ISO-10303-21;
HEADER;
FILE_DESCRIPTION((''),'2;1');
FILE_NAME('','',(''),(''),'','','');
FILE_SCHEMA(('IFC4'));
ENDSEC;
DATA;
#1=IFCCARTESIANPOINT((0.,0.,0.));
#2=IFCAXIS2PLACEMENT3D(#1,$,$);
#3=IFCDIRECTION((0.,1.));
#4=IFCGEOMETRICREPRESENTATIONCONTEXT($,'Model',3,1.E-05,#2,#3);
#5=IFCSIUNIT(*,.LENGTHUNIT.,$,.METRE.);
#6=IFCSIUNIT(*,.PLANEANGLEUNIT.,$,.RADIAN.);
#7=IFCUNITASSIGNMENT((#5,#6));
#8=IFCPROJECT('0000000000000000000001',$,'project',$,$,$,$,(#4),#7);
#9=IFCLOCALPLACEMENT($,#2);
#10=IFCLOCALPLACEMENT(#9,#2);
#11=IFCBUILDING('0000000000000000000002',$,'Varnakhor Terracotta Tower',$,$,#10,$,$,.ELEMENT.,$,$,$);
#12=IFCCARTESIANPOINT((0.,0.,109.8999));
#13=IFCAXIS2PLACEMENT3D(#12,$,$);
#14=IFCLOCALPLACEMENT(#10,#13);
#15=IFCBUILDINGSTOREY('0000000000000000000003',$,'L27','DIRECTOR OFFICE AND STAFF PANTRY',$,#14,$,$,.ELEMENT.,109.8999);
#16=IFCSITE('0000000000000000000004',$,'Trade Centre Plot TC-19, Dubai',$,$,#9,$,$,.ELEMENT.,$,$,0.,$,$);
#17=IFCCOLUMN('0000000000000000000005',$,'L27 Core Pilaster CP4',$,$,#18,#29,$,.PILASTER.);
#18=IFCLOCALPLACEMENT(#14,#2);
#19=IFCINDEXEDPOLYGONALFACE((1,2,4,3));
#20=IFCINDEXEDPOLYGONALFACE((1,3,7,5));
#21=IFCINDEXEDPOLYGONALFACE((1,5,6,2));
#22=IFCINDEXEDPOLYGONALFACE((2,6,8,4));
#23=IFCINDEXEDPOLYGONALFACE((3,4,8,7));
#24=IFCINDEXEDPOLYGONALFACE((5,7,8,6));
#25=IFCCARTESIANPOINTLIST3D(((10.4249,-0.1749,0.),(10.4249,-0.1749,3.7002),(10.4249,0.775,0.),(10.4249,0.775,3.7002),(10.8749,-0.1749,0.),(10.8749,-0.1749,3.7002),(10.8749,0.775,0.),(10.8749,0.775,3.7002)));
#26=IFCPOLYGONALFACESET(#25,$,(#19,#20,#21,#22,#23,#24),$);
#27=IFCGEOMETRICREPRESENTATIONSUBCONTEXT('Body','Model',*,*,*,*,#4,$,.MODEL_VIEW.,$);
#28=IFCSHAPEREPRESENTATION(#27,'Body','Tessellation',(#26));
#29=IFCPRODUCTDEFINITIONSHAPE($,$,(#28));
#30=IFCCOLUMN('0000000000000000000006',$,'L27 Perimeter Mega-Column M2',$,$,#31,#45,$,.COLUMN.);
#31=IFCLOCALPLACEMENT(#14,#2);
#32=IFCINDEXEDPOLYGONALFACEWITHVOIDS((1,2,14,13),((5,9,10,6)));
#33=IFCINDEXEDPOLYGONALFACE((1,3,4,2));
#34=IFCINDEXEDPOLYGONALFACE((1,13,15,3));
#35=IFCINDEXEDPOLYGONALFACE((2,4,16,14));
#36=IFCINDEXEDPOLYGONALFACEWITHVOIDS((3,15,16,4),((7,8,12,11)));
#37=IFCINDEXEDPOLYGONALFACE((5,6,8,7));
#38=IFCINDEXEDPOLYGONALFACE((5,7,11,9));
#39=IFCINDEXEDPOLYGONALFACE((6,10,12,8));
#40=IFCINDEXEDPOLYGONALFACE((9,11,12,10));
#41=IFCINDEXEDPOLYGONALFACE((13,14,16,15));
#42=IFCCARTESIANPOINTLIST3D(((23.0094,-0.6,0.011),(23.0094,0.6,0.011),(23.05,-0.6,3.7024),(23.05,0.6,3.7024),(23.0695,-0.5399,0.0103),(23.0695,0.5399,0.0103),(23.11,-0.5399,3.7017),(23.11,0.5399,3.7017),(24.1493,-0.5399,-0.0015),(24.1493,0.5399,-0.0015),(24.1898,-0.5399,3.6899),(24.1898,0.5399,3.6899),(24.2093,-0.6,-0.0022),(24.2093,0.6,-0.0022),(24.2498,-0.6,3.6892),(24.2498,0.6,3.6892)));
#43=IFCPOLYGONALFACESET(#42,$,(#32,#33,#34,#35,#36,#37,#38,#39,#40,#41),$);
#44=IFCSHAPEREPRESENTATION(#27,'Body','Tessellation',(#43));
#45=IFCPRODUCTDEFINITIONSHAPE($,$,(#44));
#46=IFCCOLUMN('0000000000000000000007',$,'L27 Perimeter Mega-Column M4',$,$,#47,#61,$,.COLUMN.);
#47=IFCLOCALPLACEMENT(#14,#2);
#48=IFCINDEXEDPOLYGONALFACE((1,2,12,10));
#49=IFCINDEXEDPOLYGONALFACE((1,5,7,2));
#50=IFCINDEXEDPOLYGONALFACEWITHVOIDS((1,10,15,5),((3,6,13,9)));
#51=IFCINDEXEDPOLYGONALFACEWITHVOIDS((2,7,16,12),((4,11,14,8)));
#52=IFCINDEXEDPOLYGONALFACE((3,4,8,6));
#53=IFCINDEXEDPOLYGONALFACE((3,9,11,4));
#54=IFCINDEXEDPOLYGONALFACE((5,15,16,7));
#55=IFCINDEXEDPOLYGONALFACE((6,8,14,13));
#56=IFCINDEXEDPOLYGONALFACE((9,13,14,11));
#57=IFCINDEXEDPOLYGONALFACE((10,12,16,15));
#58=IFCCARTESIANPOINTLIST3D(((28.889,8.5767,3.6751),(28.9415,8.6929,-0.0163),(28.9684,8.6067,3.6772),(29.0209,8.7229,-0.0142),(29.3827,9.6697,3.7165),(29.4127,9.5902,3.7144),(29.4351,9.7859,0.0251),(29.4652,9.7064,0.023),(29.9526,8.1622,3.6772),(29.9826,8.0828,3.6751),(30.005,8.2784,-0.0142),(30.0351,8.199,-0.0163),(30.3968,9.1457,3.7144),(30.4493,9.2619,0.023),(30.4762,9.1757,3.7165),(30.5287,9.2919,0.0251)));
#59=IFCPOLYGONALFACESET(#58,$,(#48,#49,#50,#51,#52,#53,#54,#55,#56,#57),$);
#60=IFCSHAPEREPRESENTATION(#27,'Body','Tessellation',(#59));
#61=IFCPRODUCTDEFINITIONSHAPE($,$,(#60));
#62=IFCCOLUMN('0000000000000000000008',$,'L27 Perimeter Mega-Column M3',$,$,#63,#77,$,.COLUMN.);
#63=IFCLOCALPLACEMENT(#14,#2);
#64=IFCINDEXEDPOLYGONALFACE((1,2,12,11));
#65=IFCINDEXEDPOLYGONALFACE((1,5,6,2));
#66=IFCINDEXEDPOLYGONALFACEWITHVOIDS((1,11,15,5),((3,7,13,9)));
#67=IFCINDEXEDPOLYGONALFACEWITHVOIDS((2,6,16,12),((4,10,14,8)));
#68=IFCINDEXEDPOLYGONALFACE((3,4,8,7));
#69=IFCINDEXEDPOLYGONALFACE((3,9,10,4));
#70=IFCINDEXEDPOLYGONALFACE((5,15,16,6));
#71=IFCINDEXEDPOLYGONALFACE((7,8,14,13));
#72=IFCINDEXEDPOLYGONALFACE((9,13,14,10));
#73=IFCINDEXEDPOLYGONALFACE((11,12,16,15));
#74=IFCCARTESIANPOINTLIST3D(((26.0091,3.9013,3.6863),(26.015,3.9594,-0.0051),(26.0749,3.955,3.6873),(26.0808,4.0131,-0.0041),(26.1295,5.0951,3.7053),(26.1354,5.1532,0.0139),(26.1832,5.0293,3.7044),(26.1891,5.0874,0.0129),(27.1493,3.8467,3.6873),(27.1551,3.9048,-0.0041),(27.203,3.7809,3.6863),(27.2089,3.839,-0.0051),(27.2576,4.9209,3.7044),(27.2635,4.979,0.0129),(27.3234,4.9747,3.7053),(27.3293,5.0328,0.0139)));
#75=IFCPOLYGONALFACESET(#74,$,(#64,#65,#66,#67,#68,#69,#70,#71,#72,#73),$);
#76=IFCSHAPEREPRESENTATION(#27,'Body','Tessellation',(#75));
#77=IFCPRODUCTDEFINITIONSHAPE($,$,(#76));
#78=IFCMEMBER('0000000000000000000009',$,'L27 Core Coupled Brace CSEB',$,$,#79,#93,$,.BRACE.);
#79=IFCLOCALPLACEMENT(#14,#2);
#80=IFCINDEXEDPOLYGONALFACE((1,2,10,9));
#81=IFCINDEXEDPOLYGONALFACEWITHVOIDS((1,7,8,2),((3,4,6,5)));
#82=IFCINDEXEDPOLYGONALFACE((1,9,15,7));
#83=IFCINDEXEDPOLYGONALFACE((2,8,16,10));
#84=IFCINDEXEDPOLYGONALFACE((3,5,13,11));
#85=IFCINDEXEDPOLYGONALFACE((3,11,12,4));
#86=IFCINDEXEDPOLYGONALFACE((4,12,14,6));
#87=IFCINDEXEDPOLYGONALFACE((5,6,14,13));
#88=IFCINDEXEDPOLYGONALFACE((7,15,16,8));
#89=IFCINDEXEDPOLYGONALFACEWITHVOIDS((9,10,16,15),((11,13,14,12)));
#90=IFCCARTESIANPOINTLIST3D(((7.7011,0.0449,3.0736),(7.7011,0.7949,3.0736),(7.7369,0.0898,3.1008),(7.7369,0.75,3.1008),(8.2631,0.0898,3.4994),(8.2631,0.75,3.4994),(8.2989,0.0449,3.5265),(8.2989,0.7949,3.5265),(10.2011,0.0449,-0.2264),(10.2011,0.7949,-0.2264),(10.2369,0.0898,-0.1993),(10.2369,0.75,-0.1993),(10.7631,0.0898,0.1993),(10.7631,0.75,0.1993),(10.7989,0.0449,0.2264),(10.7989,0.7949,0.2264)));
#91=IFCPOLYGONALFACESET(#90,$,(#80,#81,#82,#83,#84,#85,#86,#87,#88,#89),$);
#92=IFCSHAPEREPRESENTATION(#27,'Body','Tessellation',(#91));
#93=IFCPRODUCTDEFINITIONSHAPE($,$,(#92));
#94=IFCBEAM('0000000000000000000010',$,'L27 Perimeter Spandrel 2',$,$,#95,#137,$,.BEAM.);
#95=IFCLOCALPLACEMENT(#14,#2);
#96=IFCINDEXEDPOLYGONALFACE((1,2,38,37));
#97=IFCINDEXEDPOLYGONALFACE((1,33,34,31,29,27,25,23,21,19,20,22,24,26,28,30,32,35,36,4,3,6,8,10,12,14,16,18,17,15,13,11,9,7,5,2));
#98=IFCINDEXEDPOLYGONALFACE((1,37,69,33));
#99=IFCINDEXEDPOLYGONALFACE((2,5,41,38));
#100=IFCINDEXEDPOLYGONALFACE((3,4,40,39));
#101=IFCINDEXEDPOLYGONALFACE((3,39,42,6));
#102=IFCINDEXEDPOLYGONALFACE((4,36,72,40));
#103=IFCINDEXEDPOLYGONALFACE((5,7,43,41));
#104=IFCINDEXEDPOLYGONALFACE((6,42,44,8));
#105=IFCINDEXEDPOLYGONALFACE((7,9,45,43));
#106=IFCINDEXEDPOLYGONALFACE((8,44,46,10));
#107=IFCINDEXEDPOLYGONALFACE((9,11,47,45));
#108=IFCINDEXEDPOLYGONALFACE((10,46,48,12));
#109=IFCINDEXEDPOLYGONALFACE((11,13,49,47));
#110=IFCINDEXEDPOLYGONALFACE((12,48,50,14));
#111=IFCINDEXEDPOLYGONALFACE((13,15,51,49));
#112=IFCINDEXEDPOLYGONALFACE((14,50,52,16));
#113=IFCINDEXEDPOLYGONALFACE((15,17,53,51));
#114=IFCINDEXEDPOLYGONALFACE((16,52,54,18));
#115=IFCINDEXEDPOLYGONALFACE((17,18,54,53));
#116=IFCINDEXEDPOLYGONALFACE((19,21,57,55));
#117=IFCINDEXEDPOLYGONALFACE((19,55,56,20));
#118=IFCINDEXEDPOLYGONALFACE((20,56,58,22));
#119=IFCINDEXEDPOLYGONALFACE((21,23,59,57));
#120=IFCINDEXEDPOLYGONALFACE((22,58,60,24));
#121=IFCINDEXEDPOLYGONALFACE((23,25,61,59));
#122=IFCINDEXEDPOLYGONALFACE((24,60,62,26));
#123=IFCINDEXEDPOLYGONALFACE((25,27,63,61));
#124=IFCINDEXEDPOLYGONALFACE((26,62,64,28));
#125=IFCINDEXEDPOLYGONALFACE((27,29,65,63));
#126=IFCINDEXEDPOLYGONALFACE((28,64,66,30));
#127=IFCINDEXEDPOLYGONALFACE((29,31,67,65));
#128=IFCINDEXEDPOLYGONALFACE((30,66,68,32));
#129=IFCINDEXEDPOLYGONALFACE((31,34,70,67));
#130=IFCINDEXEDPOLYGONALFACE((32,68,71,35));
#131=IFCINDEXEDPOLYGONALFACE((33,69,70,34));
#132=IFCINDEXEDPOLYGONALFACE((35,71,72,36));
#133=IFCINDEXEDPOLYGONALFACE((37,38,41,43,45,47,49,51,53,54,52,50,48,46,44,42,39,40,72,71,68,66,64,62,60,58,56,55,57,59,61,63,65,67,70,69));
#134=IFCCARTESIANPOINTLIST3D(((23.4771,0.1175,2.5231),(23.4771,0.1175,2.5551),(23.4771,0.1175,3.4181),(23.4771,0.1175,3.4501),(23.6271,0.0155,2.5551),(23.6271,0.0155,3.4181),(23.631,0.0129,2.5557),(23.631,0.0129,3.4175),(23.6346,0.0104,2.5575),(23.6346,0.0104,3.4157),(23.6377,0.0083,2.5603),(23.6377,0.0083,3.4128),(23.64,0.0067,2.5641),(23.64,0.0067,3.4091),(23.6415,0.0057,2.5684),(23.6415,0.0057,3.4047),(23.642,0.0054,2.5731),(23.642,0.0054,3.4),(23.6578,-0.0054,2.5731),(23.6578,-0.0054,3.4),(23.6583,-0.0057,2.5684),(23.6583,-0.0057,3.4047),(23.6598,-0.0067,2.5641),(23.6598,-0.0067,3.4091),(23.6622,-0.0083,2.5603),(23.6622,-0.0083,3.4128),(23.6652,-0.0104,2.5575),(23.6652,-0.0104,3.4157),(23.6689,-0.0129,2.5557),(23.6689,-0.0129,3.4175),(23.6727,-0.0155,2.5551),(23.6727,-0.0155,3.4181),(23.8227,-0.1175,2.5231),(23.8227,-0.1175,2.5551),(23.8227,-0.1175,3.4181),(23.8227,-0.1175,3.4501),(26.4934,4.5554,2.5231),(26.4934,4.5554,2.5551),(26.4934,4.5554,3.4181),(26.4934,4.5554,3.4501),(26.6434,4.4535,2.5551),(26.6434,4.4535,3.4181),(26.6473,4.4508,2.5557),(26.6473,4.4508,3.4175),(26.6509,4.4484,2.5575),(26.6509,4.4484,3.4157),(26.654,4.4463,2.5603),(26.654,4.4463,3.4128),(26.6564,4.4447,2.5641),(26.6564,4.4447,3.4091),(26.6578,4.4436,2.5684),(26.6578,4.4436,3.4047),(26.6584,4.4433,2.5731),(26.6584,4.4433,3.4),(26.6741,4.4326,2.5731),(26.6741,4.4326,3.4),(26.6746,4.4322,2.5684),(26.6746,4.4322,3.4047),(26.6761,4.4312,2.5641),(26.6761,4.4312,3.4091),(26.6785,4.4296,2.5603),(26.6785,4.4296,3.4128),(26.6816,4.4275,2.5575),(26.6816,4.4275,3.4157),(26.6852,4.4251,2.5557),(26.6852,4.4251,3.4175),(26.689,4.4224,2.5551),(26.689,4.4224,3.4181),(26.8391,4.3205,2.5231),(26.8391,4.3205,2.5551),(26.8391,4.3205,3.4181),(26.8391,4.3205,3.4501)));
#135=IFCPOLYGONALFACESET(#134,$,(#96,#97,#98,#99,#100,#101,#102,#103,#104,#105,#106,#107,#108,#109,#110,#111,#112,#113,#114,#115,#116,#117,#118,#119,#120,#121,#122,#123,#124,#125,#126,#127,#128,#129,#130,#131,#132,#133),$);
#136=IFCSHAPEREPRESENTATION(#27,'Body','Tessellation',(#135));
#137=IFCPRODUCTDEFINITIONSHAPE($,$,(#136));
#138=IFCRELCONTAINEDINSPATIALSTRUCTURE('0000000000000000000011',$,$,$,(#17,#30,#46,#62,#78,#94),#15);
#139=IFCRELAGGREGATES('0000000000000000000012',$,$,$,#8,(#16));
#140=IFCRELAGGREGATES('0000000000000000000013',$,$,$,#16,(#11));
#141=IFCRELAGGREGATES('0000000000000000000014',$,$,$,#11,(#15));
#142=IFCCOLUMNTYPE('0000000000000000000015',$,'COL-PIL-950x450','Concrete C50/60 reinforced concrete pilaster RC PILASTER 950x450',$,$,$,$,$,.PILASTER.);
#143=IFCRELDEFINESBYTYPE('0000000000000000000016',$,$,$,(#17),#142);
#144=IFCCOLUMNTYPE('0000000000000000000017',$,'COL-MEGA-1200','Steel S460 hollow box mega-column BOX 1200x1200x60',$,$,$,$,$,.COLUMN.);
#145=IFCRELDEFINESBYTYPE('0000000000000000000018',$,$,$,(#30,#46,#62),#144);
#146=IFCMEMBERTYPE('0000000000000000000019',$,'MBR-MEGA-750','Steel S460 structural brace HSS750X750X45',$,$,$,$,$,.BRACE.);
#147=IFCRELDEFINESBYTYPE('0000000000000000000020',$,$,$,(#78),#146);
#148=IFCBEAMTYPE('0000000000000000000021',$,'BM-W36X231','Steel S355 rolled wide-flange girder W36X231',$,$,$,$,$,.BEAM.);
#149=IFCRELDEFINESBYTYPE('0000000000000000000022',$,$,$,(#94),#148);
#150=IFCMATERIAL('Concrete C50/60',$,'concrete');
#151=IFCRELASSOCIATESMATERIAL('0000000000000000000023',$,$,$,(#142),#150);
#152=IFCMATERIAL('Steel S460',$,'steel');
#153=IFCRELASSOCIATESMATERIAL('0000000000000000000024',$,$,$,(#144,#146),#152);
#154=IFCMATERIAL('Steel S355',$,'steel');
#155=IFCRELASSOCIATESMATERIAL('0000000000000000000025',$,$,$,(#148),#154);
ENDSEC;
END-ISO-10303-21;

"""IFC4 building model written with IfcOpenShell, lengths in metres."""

from ifc_helpers import new_model, si_unit, direction, frame, origin, origin_2d, place, context, subcontext, project, spatial, rectangle, hollow_rectangle, i_section, extrude, source, transform, mapped, material, material_profile, profile_set, type_object, type_shapes, element, save


model = new_model("IFC4")

# Units and contexts
model_context = context("Model", 3, precision=1e-05, world=origin(), true_north=direction((0.0, 1.0)))
body_context = subcontext(model_context, "Body", "Model", "MODEL_VIEW")
ifc_project = project(units=[si_unit("LENGTHUNIT", "METRE"), si_unit("PLANEANGLEUNIT", "RADIAN")], contexts=[model_context])

# Site, building, storey
site_placement = place(None, origin())
site = spatial("IfcSite", under=ifc_project, at=site_placement, Name="Trade Centre Plot TC-19, Dubai", CompositionType="ELEMENT", RefElevation=0.0)
building_placement = place(site_placement, origin())
building = spatial("IfcBuilding", under=site, at=building_placement, Name="Varnakhor Terracotta Tower", CompositionType="ELEMENT")
storey_placement = place(building_placement, frame((0.0, 0.0, 109.8999)))
storey = spatial("IfcBuildingStorey", under=building, at=storey_placement, Name="L27", Description="DIRECTOR OFFICE AND STAFF PANTRY", CompositionType="ELEMENT", Elevation=109.8999)

# Columns
ifc_material_1 = material(Name="Concrete C50/60", Category="concrete")
ifc_material_profile_1 = material_profile(ifc_material_1, rectangle(XDim=0.45, YDim=0.95, at=origin_2d()), Name="RC PILASTER 950x450")
ifc_profile_set_1 = profile_set([ifc_material_profile_1], Name="Concrete C50/60")
column_type_1 = type_object("IfcColumnType", Name="COL-PIL-950x450", Description="Concrete C50/60 reinforced concrete pilaster RC PILASTER 950x450", PredefinedType="PILASTER", material=ifc_profile_set_1)
shared_shape_1 = source(origin(), body_context, "Body", "SweptSolid", [
    extrude(rectangle(XDim=0.45, YDim=0.95, at=origin_2d()), origin(), (0.0, 0.0, 1.0), 3.7002),
])
column_1_placement = place(storey_placement, frame((10.6499, 0.3, 0.0), z_axis=(0.0, 0.0, 1.0), x_axis=(1.0, 0.0, 0.0)))
element("IfcColumn", 1, at=column_1_placement, inside=storey, type_object=column_type_1, Name="L27 Core Pilaster CP4", PredefinedType="PILASTER", context=body_context, shape_type="MappedRepresentation", body=[
    mapped(shared_shape_1, transform((0.0, 0.0, 0.0), scale=1.0)),
])
ifc_material_2 = material(Name="Steel S460", Category="steel")
ifc_material_profile_2 = material_profile(ifc_material_2, hollow_rectangle(XDim=1.2, YDim=1.2, WallThickness=0.0601, at=origin_2d()), Name="BOX 1200x1200x60")
ifc_profile_set_2 = profile_set([ifc_material_profile_2], Name="Steel S460")
column_type_2 = type_object("IfcColumnType", Name="COL-MEGA-1200", Description="Steel S460 hollow box mega-column BOX 1200x1200x60", PredefinedType="COLUMN", material=ifc_profile_set_2)
shared_shape_2 = source(origin(), body_context, "Body", "SweptSolid", [
    extrude(hollow_rectangle(XDim=1.2, YDim=1.2, WallThickness=0.0601, at=origin_2d()), origin(), (0.0, 0.0, 1.0), 3.6917),
])
type_shapes(column_type_2, [shared_shape_2])
column_2_placement = place(storey_placement, frame((23.6094, 0.0, 0.0044), z_axis=(0.010978, 0.0, 0.99994), x_axis=(0.0, 1.0, 0.0)))
element("IfcColumn", 2, at=column_2_placement, inside=storey, type_object=column_type_2, Name="L27 Perimeter Mega-Column M2", PredefinedType="COLUMN", context=body_context, shape_type="MappedRepresentation", body=[
    mapped(shared_shape_2, transform((0.0, 0.0, 0.0), scale=1.0)),
])
shared_shape_3 = source(origin(), body_context, "Body", "SweptSolid", [
    extrude(hollow_rectangle(XDim=1.2, YDim=1.2, WallThickness=0.0601, at=origin_2d()), origin(), (0.0, 0.0, 1.0), 3.6936),
])
column_3_placement = place(storey_placement, frame((29.7351, 8.9924, 0.0044), z_axis=(-0.014211, -0.031463, 0.999404), x_axis=(0.911347, -0.411638, 0.0)))
element("IfcColumn", 3, at=column_3_placement, inside=storey, type_object=column_type_2, Name="L27 Perimeter Mega-Column M4", PredefinedType="COLUMN", context=body_context, shape_type="MappedRepresentation", body=[
    mapped(shared_shape_3, transform((0.0, 0.0, 0.0), scale=1.0)),
])
shared_shape_4 = source(origin(), body_context, "Body", "SweptSolid", [
    extrude(hollow_rectangle(XDim=1.2, YDim=1.2, WallThickness=0.0601, at=origin_2d()), origin(), (0.0, 0.0, 1.0), 3.6919),
])
column_4_placement = place(storey_placement, frame((26.6721, 4.4961, 0.0044), z_axis=(-0.001587, -0.015739, 0.999875), x_axis=(0.994954, -0.100332, 0.0)))
element("IfcColumn", 4, at=column_4_placement, inside=storey, type_object=column_type_2, Name="L27 Perimeter Mega-Column M3", PredefinedType="COLUMN", context=body_context, shape_type="MappedRepresentation", body=[
    mapped(shared_shape_4, transform((0.0, 0.0, 0.0), scale=1.0)),
])

# Member
ifc_material_profile_3 = material_profile(ifc_material_2, hollow_rectangle(XDim=0.75, YDim=0.75, WallThickness=0.0449, at=origin_2d()), Name="HSS750X750X45")
ifc_profile_set_3 = profile_set([ifc_material_profile_3], Name="Steel S460")
member_type_1 = type_object("IfcMemberType", Name="MBR-MEGA-750", Description="Steel S460 structural brace HSS750X750X45", PredefinedType="BRACE", material=ifc_profile_set_3)
shared_shape_5 = source(origin(), body_context, "Body", "SweptSolid", [
    extrude(hollow_rectangle(XDim=0.75, YDim=0.75, WallThickness=0.0449, at=origin_2d()), origin(), (0.0, 0.0, 1.0), 4.1401),
])
type_shapes(member_type_1, [shared_shape_5])
member_1_placement = place(storey_placement, frame((10.5, 0.4199, 0.0), z_axis=(-0.603852, 0.0, 0.797096), x_axis=(0.0, -1.0, 0.0)))
element("IfcMember", 5, at=member_1_placement, inside=storey, type_object=member_type_1, Name="L27 Core Coupled Brace CSEB", PredefinedType="BRACE", context=body_context, shape_type="MappedRepresentation", body=[
    mapped(shared_shape_5, transform((0.0, 0.0, 0.0), scale=1.0)),
])

# Beam
ifc_material_3 = material(Name="Steel S355", Category="steel")
ifc_material_profile_4 = material_profile(ifc_material_3, i_section(OverallWidth=0.418, OverallDepth=0.927, WebThickness=0.019, FlangeThickness=0.032, FilletRadius=0.0181, at=origin_2d()), Name="W36X231")
ifc_profile_set_4 = profile_set([ifc_material_profile_4], Name="Steel S355")
beam_type_1 = type_object("IfcBeamType", Name="BM-W36X231", Description="Steel S355 rolled wide-flange girder W36X231", PredefinedType="BEAM", material=ifc_profile_set_4)
shared_shape_6 = source(origin(), body_context, "Body", "SweptSolid", [
    extrude(i_section(OverallWidth=0.418, OverallDepth=0.927, WebThickness=0.019, FlangeThickness=0.032, FilletRadius=0.0181, at=origin_2d()), origin(), (0.0, 0.0, 1.0), 5.366),
])
beam_1_placement = place(storey_placement, frame((23.6499, 0.0, 2.9866), z_axis=(0.562122, 0.827054, 0.0), x_axis=(-0.827054, 0.562122, 0.0)))
element("IfcBeam", 6, at=beam_1_placement, inside=storey, type_object=beam_type_1, Name="L27 Perimeter Spandrel 2", PredefinedType="BEAM", context=body_context, shape_type="MappedRepresentation", body=[
    mapped(shared_shape_6, transform((0.0, 0.0, 0.0), scale=1.0)),
])

save(model, "model.ifc")
